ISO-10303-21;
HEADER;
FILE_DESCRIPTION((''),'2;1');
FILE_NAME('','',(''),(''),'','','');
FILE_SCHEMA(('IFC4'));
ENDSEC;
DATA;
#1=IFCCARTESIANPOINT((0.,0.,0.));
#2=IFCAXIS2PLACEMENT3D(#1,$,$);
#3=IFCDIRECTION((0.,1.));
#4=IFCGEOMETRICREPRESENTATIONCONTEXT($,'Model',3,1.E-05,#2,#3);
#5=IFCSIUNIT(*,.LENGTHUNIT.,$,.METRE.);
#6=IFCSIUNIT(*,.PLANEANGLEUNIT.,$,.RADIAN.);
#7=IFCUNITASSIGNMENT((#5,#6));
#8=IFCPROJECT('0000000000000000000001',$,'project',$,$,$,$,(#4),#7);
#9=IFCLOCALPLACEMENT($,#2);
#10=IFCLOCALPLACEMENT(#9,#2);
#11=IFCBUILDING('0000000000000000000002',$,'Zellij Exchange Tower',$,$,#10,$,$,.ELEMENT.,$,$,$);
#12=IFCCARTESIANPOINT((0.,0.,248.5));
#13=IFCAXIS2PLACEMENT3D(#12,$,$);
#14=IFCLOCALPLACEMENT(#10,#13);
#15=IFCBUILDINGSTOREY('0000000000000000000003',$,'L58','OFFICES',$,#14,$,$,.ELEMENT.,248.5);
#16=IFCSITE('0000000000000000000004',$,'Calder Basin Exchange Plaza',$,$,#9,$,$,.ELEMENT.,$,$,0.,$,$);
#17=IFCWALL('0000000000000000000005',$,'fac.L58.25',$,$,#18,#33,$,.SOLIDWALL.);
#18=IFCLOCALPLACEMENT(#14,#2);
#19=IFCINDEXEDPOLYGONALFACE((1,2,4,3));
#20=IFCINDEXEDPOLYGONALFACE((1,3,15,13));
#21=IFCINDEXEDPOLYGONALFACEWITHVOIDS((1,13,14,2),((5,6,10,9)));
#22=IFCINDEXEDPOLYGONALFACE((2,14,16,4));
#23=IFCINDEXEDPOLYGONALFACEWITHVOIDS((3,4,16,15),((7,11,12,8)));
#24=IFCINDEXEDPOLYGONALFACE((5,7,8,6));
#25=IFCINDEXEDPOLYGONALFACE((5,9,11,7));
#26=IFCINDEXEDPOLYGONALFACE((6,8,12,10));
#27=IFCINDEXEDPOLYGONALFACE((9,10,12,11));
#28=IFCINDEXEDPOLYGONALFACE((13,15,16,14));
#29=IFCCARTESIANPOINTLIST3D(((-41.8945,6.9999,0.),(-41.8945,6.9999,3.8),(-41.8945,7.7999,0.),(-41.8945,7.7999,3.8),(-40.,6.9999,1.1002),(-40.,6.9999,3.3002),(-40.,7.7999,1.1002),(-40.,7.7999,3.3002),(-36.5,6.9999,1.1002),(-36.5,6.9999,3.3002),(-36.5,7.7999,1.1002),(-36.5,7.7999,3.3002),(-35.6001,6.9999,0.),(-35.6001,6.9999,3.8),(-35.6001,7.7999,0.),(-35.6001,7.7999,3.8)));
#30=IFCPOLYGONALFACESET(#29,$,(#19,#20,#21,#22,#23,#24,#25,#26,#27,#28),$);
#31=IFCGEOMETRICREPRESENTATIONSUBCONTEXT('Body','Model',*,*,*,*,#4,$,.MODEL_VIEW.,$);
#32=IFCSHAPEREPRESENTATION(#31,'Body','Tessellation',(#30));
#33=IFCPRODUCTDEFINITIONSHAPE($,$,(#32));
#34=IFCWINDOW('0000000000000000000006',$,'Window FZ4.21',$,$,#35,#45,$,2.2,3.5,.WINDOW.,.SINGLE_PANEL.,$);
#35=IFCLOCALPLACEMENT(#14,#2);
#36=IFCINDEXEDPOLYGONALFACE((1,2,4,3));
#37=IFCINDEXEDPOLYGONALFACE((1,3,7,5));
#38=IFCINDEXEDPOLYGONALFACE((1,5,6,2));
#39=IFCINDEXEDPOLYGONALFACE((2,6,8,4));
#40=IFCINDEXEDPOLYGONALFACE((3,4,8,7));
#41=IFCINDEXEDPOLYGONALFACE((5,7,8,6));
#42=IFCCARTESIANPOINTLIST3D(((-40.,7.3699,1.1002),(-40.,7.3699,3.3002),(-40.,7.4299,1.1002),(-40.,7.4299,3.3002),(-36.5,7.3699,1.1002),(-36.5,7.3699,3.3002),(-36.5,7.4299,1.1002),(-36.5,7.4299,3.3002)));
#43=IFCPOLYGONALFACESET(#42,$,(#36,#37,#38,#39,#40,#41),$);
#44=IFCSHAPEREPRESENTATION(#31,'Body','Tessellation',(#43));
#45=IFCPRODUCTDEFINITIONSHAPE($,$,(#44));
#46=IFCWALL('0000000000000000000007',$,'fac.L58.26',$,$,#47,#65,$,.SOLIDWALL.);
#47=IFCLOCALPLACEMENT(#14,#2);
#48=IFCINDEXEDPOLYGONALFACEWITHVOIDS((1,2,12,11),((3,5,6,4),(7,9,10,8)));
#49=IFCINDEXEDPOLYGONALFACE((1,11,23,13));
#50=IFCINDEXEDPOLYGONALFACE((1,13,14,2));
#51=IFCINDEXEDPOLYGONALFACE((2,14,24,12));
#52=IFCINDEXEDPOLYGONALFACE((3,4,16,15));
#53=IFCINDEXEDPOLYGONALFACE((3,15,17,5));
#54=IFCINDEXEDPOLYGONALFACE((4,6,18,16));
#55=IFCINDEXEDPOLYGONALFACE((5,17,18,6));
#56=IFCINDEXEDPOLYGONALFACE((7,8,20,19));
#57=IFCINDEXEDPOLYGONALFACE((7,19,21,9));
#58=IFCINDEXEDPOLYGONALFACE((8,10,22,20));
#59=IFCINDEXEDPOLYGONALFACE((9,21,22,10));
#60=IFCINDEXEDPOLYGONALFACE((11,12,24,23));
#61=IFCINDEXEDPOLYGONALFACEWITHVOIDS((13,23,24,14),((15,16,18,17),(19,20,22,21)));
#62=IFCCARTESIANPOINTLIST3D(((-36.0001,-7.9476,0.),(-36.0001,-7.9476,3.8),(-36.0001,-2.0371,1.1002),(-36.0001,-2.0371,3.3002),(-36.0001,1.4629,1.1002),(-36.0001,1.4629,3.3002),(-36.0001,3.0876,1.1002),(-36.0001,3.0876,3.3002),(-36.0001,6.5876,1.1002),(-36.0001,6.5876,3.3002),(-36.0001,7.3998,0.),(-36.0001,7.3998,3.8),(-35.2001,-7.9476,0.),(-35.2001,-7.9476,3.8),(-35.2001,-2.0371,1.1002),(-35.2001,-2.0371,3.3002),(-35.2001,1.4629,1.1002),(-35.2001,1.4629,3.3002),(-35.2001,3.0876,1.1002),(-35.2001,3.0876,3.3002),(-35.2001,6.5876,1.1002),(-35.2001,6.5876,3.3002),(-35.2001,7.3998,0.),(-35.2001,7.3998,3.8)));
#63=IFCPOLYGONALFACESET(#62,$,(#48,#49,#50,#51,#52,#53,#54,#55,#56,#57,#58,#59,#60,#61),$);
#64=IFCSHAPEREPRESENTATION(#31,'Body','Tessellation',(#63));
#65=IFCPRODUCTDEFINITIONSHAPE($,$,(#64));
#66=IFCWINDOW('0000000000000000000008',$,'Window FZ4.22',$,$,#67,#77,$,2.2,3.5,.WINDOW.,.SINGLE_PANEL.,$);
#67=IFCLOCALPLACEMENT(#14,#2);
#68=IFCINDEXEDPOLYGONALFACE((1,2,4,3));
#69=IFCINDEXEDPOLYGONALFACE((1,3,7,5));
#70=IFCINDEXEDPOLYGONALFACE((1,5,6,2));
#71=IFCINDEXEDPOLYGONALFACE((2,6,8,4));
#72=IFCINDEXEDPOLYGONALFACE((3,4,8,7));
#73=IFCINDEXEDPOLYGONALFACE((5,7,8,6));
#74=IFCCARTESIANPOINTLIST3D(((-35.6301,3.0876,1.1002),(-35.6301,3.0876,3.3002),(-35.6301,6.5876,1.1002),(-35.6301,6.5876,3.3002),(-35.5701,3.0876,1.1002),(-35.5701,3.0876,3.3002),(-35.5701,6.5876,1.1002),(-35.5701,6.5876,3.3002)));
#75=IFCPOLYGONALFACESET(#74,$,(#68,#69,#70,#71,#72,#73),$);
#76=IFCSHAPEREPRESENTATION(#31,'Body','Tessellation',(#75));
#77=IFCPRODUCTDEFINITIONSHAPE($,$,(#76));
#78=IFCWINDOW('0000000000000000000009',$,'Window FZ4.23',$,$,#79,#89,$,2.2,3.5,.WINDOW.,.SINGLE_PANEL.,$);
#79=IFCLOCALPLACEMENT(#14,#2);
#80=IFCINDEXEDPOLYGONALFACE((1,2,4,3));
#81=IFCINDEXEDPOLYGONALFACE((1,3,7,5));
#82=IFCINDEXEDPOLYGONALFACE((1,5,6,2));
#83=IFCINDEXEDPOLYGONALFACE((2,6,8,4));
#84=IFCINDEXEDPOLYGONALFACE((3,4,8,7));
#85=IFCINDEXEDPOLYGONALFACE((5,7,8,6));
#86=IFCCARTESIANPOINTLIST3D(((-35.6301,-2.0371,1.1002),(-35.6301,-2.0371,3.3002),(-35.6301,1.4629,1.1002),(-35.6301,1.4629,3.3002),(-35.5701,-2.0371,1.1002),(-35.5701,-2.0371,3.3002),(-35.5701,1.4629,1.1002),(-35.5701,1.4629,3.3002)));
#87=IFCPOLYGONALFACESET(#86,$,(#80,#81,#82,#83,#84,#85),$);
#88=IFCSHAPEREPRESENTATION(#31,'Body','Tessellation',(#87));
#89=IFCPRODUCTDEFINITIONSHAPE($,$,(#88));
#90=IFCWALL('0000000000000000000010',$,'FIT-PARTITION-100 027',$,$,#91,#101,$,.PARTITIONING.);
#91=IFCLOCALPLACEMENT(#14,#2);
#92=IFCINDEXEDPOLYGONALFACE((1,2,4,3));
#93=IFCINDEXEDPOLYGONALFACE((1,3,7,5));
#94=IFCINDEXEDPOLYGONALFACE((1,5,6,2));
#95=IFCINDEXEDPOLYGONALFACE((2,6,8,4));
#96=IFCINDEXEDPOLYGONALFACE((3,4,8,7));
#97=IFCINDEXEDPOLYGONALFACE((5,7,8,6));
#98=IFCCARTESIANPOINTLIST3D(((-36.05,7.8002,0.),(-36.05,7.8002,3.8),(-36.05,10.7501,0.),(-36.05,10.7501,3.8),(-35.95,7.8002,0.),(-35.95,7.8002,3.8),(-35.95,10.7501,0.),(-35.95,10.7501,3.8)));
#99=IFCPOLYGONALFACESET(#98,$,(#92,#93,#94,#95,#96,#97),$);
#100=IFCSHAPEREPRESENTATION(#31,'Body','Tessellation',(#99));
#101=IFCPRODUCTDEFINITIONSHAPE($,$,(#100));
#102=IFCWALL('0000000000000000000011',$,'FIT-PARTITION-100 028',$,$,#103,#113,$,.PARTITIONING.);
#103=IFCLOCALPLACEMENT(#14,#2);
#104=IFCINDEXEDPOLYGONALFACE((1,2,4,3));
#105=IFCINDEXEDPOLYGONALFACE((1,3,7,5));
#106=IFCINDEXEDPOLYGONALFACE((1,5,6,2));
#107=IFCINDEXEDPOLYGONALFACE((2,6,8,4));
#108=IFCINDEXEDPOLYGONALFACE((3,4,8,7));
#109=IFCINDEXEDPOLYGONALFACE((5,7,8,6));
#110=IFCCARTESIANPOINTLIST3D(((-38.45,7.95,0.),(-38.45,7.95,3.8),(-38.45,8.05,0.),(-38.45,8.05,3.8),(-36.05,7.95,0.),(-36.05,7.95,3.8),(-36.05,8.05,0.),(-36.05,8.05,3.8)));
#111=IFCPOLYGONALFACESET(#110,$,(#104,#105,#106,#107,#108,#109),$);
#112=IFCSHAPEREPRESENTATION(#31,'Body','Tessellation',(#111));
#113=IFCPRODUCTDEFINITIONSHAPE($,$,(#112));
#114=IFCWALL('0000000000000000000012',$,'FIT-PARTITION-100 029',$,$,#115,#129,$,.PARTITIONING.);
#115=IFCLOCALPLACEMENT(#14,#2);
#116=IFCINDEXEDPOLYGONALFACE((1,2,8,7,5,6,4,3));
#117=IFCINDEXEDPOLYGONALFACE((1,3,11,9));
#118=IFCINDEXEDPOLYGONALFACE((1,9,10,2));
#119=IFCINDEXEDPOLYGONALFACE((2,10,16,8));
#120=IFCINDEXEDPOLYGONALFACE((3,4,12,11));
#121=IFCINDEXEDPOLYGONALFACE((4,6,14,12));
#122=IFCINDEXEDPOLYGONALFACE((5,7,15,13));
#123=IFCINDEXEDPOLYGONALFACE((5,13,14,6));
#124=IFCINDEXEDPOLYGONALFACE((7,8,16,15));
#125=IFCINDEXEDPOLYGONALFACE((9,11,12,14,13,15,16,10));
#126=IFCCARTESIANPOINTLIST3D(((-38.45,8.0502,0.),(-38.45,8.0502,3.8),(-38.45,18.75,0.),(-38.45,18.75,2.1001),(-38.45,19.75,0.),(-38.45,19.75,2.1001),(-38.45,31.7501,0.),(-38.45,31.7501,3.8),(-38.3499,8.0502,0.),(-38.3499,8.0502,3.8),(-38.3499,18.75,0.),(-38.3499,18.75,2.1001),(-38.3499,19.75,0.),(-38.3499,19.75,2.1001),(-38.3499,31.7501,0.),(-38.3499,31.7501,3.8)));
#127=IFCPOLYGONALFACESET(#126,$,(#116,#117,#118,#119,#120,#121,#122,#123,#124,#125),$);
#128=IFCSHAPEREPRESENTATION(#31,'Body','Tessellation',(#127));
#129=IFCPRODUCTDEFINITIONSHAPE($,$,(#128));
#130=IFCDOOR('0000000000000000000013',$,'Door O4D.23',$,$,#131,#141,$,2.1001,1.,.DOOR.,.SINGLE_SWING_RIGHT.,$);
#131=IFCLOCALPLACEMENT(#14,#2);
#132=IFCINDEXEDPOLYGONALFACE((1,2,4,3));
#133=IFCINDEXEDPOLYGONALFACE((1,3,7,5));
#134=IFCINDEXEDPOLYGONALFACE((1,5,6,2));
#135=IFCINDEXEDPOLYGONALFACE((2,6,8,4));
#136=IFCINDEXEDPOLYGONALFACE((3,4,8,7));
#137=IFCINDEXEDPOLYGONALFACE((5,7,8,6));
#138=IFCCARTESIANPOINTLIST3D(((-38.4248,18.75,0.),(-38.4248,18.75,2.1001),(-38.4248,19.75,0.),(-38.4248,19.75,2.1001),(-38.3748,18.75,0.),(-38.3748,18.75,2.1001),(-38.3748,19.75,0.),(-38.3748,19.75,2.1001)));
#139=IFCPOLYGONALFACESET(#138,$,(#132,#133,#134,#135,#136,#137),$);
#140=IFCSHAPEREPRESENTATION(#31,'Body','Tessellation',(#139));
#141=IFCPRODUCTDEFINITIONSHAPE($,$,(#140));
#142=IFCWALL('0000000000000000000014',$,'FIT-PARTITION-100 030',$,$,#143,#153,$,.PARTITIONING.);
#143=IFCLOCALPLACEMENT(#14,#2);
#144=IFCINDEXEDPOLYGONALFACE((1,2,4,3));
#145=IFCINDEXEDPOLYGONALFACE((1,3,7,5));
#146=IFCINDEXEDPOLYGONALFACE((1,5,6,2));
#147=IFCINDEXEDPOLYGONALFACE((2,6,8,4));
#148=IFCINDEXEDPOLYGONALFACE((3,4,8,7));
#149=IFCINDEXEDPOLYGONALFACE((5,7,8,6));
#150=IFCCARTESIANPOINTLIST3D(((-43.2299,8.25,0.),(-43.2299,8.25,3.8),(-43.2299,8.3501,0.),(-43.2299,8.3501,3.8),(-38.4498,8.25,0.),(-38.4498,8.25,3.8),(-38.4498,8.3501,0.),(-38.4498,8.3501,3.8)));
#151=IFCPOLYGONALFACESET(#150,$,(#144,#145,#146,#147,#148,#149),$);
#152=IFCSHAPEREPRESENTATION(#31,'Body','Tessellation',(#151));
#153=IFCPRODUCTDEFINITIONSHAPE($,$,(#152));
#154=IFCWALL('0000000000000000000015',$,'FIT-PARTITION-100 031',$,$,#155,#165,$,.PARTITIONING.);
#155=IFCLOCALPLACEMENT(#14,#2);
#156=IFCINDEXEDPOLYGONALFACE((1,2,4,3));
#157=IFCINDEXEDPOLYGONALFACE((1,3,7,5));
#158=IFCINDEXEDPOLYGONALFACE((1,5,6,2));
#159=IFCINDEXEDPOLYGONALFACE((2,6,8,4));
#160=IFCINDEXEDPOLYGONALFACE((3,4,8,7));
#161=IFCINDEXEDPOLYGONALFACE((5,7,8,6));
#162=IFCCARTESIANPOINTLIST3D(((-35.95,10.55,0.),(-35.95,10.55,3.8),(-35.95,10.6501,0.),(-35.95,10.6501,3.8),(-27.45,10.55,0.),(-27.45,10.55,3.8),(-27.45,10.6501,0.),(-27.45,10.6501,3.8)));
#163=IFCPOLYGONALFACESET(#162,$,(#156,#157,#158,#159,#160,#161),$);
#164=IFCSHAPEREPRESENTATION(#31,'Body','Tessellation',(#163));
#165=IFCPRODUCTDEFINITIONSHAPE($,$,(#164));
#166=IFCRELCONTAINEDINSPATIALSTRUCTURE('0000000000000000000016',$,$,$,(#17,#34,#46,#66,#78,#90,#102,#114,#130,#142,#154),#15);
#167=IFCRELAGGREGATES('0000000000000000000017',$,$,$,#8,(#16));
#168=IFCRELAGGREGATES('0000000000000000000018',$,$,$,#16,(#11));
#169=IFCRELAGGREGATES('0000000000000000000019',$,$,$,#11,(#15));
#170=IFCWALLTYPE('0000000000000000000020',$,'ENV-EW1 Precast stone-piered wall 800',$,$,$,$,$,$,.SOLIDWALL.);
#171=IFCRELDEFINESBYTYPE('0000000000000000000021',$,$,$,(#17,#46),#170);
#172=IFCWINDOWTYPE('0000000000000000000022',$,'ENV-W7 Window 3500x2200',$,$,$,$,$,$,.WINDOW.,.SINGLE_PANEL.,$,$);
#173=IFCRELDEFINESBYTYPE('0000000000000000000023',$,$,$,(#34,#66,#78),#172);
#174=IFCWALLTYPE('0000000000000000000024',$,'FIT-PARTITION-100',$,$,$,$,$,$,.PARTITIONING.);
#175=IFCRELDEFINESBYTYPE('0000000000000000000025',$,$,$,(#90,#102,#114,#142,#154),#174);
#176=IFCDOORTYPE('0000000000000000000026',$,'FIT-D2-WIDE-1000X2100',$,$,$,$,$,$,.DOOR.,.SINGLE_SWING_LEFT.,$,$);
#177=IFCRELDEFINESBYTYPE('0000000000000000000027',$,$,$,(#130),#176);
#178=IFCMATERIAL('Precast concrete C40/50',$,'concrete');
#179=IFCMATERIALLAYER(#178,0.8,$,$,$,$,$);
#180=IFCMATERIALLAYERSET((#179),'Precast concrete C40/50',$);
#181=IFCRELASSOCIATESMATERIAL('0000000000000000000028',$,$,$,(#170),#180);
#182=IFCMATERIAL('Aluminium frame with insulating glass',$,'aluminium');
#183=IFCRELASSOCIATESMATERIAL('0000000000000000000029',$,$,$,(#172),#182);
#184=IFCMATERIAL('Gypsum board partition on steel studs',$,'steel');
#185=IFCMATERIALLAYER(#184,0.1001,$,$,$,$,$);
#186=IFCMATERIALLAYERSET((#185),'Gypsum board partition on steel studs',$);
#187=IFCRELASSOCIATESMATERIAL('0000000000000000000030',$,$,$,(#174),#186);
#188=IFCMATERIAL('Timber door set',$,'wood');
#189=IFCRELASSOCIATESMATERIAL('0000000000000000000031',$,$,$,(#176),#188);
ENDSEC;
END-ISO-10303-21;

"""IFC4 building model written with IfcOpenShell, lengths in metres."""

from ifc_helpers import new_model, si_unit, direction, frame, frame_2d, origin, place, context, subcontext, project, spatial, rectangle, extrude, material, layer, layer_set, type_object, element, fill, save


model = new_model("IFC4")

# Units and contexts
model_context = context("Model", 3, precision=1e-05, world=origin(), true_north=direction((0.0, 1.0)))
body_context = subcontext(model_context, "Body", "Model", "MODEL_VIEW")
ifc_project = project(units=[si_unit("LENGTHUNIT", "METRE"), si_unit("PLANEANGLEUNIT", "RADIAN")], contexts=[model_context])

# Site, building, storey
site_placement = place(None, origin())
site = spatial("IfcSite", under=ifc_project, at=site_placement, Name="Calder Basin Exchange Plaza", CompositionType="ELEMENT", RefElevation=0.0)
building_placement = place(site_placement, origin())
building = spatial("IfcBuilding", under=site, at=building_placement, Name="Zellij Exchange Tower", CompositionType="ELEMENT")
storey_placement = place(building_placement, frame((0.0, 0.0, 248.5)))
storey = spatial("IfcBuildingStorey", under=building, at=storey_placement, Name="L58", Description="OFFICES", CompositionType="ELEMENT", Elevation=248.5)

# Shared definitions
ifc_material_1 = material(Name="Precast concrete C40/50", Category="concrete")
ifc_layer_1 = layer(ifc_material_1, 0.8)
ifc_layer_set_1 = layer_set([ifc_layer_1], Name="Precast concrete C40/50")
wall_type_1 = type_object("IfcWallType", Name="ENV-EW1 Precast stone-piered wall 800", PredefinedType="SOLIDWALL", material=ifc_layer_set_1)

# Wall, opening, window
wall_1_placement = place(storey_placement, frame((-41.8945, 7.3999, 0.0), z_axis=(0.0, 0.0, 1.0), x_axis=(1.0, 0.0, 0.0)))
wall_1 = element("IfcWall", 1, at=wall_1_placement, inside=storey, type_object=wall_type_1, Name="fac.L58.25", PredefinedType="SOLIDWALL", context=body_context, shape_type="SweptSolid", body=[
    extrude(rectangle(XDim=6.2944, YDim=0.8, at=frame_2d((3.1472, 0.0))), origin(), (0.0, 0.0, 1.0), 3.8),
])
opening_1_placement = place(wall_1_placement, frame((1.8945, 0.0, 1.1001)))
opening_1 = element("IfcOpeningElement", 2, at=opening_1_placement, cuts=wall_1, PredefinedType="OPENING", context=body_context, shape_type="SweptSolid", body=[
    extrude(rectangle(XDim=3.5, YDim=2.2, at=frame_2d((1.75, 1.1001))), frame((0.0, 0.4121, 0.0), z_axis=(0.0, -1.0, 0.0), x_axis=(1.0, 0.0, 0.0)), (0.0, 0.0, 1.0), 0.824),
])
ifc_material_2 = material(Name="Aluminium frame with insulating glass", Category="aluminium")
window_type = type_object("IfcWindowType", Name="ENV-W7 Window 3500x2200", PartitioningType="SINGLE_PANEL", PredefinedType="WINDOW", material=ifc_material_2)
window_1_placement = place(opening_1_placement, origin())
window_1 = element("IfcWindow", 3, at=window_1_placement, inside=storey, type_object=window_type, Name="Window FZ4.21", OverallHeight=2.2, OverallWidth=3.5, PartitioningType="SINGLE_PANEL", PredefinedType="WINDOW", context=body_context, shape_type="SweptSolid", body=[
    extrude(rectangle(XDim=3.5, YDim=2.2, at=frame_2d((1.75, 1.1001))), frame((0.0, 0.03, 0.0), z_axis=(0.0, -1.0, 0.0), x_axis=(1.0, 0.0, 0.0)), (0.0, 0.0, 1.0), 0.0601),
])
fill(opening_1, window_1)

# Wall, openings, windows
wall_2_placement = place(storey_placement, frame((-35.6001, 7.3999, 0.0), z_axis=(0.0, 0.0, 1.0), x_axis=(0.0, -1.0, 0.0)))
wall_2 = element("IfcWall", 4, at=wall_2_placement, inside=storey, type_object=wall_type_1, Name="fac.L58.26", PredefinedType="SOLIDWALL", context=body_context, shape_type="SweptSolid", body=[
    extrude(rectangle(XDim=15.3474, YDim=0.8, at=frame_2d((7.6738, 0.0))), origin(), (0.0, 0.0, 1.0), 3.8),
])
opening_2_placement = place(wall_2_placement, frame((0.8123, 0.0, 1.1001)))
opening_2 = element("IfcOpeningElement", 5, at=opening_2_placement, cuts=wall_2, PredefinedType="OPENING", context=body_context, shape_type="SweptSolid", body=[
    extrude(rectangle(XDim=3.5, YDim=2.2, at=frame_2d((1.75, 1.1001))), frame((0.0, 0.4121, 0.0), z_axis=(0.0, -1.0, 0.0), x_axis=(1.0, 0.0, 0.0)), (0.0, 0.0, 1.0), 0.824),
])
opening_3_placement = place(wall_2_placement, frame((5.937, 0.0, 1.1001)))
opening_3 = element("IfcOpeningElement", 6, at=opening_3_placement, cuts=wall_2, PredefinedType="OPENING", context=body_context, shape_type="SweptSolid", body=[
    extrude(rectangle(XDim=3.5, YDim=2.2, at=frame_2d((1.75, 1.1001))), frame((0.0, 0.4121, 0.0), z_axis=(0.0, -1.0, 0.0), x_axis=(1.0, 0.0, 0.0)), (0.0, 0.0, 1.0), 0.824),
])
window_2_placement = place(opening_2_placement, origin())
window_2 = element("IfcWindow", 7, at=window_2_placement, inside=storey, type_object=window_type, Name="Window FZ4.22", OverallHeight=2.2, OverallWidth=3.5, PartitioningType="SINGLE_PANEL", PredefinedType="WINDOW", context=body_context, shape_type="SweptSolid", body=[
    extrude(rectangle(XDim=3.5, YDim=2.2, at=frame_2d((1.75, 1.1001))), frame((0.0, 0.03, 0.0), z_axis=(0.0, -1.0, 0.0), x_axis=(1.0, 0.0, 0.0)), (0.0, 0.0, 1.0), 0.0601),
])
fill(opening_2, window_2)
window_3_placement = place(opening_3_placement, origin())
window_3 = element("IfcWindow", 8, at=window_3_placement, inside=storey, type_object=window_type, Name="Window FZ4.23", OverallHeight=2.2, OverallWidth=3.5, PartitioningType="SINGLE_PANEL", PredefinedType="WINDOW", context=body_context, shape_type="SweptSolid", body=[
    extrude(rectangle(XDim=3.5, YDim=2.2, at=frame_2d((1.75, 1.1001))), frame((0.0, 0.03, 0.0), z_axis=(0.0, -1.0, 0.0), x_axis=(1.0, 0.0, 0.0)), (0.0, 0.0, 1.0), 0.0601),
])
fill(opening_3, window_3)

# Walls
ifc_material_3 = material(Name="Gypsum board partition on steel studs", Category="steel")
ifc_layer_2 = layer(ifc_material_3, 0.1001)
ifc_layer_set_2 = layer_set([ifc_layer_2], Name="Gypsum board partition on steel studs")
wall_type_2 = type_object("IfcWallType", Name="FIT-PARTITION-100", PredefinedType="PARTITIONING", material=ifc_layer_set_2)
wall_3_placement = place(storey_placement, frame((-36.0, 7.8, 0.0), z_axis=(0.0, 0.0, 1.0), x_axis=(0.0, 1.0, 0.0)))
element("IfcWall", 9, at=wall_3_placement, inside=storey, type_object=wall_type_2, Name="FIT-PARTITION-100 027", PredefinedType="PARTITIONING", context=body_context, shape_type="SweptSolid", body=[
    extrude(rectangle(XDim=2.95, YDim=0.1001, at=frame_2d((1.4751, 0.0))), origin(), (0.0, 0.0, 1.0), 3.8),
])
wall_4_placement = place(storey_placement, frame((-38.45, 8.0, 0.0), z_axis=(0.0, 0.0, 1.0), x_axis=(1.0, 0.0, 0.0)))
element("IfcWall", 10, at=wall_4_placement, inside=storey, type_object=wall_type_2, Name="FIT-PARTITION-100 028", PredefinedType="PARTITIONING", context=body_context, shape_type="SweptSolid", body=[
    extrude(rectangle(XDim=2.3999, YDim=0.1001, at=frame_2d((1.2, 0.0))), origin(), (0.0, 0.0, 1.0), 3.8),
])

# Wall, opening, door
wall_5_placement = place(storey_placement, frame((-38.3999, 8.05, 0.0), z_axis=(0.0, 0.0, 1.0), x_axis=(0.0, 1.0, 0.0)))
wall_5 = element("IfcWall", 11, at=wall_5_placement, inside=storey, type_object=wall_type_2, Name="FIT-PARTITION-100 029", PredefinedType="PARTITIONING", context=body_context, shape_type="SweptSolid", body=[
    extrude(rectangle(XDim=23.7, YDim=0.1001, at=frame_2d((11.8501, 0.0))), origin(), (0.0, 0.0, 1.0), 3.8),
])
opening_4_placement = place(wall_5_placement, frame((10.7, 0.0, 0.0)))
opening_4 = element("IfcOpeningElement", 12, at=opening_4_placement, cuts=wall_5, PredefinedType="OPENING", context=body_context, shape_type="SweptSolid", body=[
    extrude(rectangle(XDim=1.0, YDim=2.1001, at=frame_2d((0.5, 1.05))), frame((0.0, 0.062, 0.0), z_axis=(0.0, -1.0, 0.0), x_axis=(1.0, 0.0, 0.0)), (0.0, 0.0, 1.0), 0.124),
])
ifc_material_4 = material(Name="Timber door set", Category="wood")
door_type_1 = type_object("IfcDoorType", Name="FIT-D2-WIDE-1000X2100", OperationType="SINGLE_SWING_LEFT", PredefinedType="DOOR", material=ifc_material_4)
door_1_placement = place(opening_4_placement, origin())
door_1 = element("IfcDoor", 13, at=door_1_placement, inside=storey, type_object=door_type_1, Name="Door O4D.23", OperationType="SINGLE_SWING_RIGHT", OverallHeight=2.1001, OverallWidth=1.0, PredefinedType="DOOR", context=body_context, shape_type="SweptSolid", body=[
    extrude(rectangle(XDim=1.0, YDim=2.1001, at=frame_2d((0.5, 1.05))), frame((0.0, 0.0249, 0.0), z_axis=(0.0, -1.0, 0.0), x_axis=(1.0, 0.0, 0.0)), (0.0, 0.0, 1.0), 0.05),
])
fill(opening_4, door_1)

# Walls
wall_6_placement = place(storey_placement, frame((-43.23, 8.3, 0.0), z_axis=(0.0, 0.0, 1.0), x_axis=(1.0, 0.0, 0.0)))
element("IfcWall", 14, at=wall_6_placement, inside=storey, type_object=wall_type_2, Name="FIT-PARTITION-100 030", PredefinedType="PARTITIONING", context=body_context, shape_type="SweptSolid", body=[
    extrude(rectangle(XDim=4.78, YDim=0.1001, at=frame_2d((2.3901, 0.0))), origin(), (0.0, 0.0, 1.0), 3.8),
])
wall_7_placement = place(storey_placement, frame((-35.95, 10.6001, 0.0), z_axis=(0.0, 0.0, 1.0), x_axis=(1.0, 0.0, 0.0)))
element("IfcWall", 15, at=wall_7_placement, inside=storey, type_object=wall_type_2, Name="FIT-PARTITION-100 031", PredefinedType="PARTITIONING", context=body_context, shape_type="SweptSolid", body=[
    extrude(rectangle(XDim=8.5, YDim=0.1001, at=frame_2d((4.25, 0.0))), origin(), (0.0, 0.0, 1.0), 3.8),
])

save(model, "model.ifc")
